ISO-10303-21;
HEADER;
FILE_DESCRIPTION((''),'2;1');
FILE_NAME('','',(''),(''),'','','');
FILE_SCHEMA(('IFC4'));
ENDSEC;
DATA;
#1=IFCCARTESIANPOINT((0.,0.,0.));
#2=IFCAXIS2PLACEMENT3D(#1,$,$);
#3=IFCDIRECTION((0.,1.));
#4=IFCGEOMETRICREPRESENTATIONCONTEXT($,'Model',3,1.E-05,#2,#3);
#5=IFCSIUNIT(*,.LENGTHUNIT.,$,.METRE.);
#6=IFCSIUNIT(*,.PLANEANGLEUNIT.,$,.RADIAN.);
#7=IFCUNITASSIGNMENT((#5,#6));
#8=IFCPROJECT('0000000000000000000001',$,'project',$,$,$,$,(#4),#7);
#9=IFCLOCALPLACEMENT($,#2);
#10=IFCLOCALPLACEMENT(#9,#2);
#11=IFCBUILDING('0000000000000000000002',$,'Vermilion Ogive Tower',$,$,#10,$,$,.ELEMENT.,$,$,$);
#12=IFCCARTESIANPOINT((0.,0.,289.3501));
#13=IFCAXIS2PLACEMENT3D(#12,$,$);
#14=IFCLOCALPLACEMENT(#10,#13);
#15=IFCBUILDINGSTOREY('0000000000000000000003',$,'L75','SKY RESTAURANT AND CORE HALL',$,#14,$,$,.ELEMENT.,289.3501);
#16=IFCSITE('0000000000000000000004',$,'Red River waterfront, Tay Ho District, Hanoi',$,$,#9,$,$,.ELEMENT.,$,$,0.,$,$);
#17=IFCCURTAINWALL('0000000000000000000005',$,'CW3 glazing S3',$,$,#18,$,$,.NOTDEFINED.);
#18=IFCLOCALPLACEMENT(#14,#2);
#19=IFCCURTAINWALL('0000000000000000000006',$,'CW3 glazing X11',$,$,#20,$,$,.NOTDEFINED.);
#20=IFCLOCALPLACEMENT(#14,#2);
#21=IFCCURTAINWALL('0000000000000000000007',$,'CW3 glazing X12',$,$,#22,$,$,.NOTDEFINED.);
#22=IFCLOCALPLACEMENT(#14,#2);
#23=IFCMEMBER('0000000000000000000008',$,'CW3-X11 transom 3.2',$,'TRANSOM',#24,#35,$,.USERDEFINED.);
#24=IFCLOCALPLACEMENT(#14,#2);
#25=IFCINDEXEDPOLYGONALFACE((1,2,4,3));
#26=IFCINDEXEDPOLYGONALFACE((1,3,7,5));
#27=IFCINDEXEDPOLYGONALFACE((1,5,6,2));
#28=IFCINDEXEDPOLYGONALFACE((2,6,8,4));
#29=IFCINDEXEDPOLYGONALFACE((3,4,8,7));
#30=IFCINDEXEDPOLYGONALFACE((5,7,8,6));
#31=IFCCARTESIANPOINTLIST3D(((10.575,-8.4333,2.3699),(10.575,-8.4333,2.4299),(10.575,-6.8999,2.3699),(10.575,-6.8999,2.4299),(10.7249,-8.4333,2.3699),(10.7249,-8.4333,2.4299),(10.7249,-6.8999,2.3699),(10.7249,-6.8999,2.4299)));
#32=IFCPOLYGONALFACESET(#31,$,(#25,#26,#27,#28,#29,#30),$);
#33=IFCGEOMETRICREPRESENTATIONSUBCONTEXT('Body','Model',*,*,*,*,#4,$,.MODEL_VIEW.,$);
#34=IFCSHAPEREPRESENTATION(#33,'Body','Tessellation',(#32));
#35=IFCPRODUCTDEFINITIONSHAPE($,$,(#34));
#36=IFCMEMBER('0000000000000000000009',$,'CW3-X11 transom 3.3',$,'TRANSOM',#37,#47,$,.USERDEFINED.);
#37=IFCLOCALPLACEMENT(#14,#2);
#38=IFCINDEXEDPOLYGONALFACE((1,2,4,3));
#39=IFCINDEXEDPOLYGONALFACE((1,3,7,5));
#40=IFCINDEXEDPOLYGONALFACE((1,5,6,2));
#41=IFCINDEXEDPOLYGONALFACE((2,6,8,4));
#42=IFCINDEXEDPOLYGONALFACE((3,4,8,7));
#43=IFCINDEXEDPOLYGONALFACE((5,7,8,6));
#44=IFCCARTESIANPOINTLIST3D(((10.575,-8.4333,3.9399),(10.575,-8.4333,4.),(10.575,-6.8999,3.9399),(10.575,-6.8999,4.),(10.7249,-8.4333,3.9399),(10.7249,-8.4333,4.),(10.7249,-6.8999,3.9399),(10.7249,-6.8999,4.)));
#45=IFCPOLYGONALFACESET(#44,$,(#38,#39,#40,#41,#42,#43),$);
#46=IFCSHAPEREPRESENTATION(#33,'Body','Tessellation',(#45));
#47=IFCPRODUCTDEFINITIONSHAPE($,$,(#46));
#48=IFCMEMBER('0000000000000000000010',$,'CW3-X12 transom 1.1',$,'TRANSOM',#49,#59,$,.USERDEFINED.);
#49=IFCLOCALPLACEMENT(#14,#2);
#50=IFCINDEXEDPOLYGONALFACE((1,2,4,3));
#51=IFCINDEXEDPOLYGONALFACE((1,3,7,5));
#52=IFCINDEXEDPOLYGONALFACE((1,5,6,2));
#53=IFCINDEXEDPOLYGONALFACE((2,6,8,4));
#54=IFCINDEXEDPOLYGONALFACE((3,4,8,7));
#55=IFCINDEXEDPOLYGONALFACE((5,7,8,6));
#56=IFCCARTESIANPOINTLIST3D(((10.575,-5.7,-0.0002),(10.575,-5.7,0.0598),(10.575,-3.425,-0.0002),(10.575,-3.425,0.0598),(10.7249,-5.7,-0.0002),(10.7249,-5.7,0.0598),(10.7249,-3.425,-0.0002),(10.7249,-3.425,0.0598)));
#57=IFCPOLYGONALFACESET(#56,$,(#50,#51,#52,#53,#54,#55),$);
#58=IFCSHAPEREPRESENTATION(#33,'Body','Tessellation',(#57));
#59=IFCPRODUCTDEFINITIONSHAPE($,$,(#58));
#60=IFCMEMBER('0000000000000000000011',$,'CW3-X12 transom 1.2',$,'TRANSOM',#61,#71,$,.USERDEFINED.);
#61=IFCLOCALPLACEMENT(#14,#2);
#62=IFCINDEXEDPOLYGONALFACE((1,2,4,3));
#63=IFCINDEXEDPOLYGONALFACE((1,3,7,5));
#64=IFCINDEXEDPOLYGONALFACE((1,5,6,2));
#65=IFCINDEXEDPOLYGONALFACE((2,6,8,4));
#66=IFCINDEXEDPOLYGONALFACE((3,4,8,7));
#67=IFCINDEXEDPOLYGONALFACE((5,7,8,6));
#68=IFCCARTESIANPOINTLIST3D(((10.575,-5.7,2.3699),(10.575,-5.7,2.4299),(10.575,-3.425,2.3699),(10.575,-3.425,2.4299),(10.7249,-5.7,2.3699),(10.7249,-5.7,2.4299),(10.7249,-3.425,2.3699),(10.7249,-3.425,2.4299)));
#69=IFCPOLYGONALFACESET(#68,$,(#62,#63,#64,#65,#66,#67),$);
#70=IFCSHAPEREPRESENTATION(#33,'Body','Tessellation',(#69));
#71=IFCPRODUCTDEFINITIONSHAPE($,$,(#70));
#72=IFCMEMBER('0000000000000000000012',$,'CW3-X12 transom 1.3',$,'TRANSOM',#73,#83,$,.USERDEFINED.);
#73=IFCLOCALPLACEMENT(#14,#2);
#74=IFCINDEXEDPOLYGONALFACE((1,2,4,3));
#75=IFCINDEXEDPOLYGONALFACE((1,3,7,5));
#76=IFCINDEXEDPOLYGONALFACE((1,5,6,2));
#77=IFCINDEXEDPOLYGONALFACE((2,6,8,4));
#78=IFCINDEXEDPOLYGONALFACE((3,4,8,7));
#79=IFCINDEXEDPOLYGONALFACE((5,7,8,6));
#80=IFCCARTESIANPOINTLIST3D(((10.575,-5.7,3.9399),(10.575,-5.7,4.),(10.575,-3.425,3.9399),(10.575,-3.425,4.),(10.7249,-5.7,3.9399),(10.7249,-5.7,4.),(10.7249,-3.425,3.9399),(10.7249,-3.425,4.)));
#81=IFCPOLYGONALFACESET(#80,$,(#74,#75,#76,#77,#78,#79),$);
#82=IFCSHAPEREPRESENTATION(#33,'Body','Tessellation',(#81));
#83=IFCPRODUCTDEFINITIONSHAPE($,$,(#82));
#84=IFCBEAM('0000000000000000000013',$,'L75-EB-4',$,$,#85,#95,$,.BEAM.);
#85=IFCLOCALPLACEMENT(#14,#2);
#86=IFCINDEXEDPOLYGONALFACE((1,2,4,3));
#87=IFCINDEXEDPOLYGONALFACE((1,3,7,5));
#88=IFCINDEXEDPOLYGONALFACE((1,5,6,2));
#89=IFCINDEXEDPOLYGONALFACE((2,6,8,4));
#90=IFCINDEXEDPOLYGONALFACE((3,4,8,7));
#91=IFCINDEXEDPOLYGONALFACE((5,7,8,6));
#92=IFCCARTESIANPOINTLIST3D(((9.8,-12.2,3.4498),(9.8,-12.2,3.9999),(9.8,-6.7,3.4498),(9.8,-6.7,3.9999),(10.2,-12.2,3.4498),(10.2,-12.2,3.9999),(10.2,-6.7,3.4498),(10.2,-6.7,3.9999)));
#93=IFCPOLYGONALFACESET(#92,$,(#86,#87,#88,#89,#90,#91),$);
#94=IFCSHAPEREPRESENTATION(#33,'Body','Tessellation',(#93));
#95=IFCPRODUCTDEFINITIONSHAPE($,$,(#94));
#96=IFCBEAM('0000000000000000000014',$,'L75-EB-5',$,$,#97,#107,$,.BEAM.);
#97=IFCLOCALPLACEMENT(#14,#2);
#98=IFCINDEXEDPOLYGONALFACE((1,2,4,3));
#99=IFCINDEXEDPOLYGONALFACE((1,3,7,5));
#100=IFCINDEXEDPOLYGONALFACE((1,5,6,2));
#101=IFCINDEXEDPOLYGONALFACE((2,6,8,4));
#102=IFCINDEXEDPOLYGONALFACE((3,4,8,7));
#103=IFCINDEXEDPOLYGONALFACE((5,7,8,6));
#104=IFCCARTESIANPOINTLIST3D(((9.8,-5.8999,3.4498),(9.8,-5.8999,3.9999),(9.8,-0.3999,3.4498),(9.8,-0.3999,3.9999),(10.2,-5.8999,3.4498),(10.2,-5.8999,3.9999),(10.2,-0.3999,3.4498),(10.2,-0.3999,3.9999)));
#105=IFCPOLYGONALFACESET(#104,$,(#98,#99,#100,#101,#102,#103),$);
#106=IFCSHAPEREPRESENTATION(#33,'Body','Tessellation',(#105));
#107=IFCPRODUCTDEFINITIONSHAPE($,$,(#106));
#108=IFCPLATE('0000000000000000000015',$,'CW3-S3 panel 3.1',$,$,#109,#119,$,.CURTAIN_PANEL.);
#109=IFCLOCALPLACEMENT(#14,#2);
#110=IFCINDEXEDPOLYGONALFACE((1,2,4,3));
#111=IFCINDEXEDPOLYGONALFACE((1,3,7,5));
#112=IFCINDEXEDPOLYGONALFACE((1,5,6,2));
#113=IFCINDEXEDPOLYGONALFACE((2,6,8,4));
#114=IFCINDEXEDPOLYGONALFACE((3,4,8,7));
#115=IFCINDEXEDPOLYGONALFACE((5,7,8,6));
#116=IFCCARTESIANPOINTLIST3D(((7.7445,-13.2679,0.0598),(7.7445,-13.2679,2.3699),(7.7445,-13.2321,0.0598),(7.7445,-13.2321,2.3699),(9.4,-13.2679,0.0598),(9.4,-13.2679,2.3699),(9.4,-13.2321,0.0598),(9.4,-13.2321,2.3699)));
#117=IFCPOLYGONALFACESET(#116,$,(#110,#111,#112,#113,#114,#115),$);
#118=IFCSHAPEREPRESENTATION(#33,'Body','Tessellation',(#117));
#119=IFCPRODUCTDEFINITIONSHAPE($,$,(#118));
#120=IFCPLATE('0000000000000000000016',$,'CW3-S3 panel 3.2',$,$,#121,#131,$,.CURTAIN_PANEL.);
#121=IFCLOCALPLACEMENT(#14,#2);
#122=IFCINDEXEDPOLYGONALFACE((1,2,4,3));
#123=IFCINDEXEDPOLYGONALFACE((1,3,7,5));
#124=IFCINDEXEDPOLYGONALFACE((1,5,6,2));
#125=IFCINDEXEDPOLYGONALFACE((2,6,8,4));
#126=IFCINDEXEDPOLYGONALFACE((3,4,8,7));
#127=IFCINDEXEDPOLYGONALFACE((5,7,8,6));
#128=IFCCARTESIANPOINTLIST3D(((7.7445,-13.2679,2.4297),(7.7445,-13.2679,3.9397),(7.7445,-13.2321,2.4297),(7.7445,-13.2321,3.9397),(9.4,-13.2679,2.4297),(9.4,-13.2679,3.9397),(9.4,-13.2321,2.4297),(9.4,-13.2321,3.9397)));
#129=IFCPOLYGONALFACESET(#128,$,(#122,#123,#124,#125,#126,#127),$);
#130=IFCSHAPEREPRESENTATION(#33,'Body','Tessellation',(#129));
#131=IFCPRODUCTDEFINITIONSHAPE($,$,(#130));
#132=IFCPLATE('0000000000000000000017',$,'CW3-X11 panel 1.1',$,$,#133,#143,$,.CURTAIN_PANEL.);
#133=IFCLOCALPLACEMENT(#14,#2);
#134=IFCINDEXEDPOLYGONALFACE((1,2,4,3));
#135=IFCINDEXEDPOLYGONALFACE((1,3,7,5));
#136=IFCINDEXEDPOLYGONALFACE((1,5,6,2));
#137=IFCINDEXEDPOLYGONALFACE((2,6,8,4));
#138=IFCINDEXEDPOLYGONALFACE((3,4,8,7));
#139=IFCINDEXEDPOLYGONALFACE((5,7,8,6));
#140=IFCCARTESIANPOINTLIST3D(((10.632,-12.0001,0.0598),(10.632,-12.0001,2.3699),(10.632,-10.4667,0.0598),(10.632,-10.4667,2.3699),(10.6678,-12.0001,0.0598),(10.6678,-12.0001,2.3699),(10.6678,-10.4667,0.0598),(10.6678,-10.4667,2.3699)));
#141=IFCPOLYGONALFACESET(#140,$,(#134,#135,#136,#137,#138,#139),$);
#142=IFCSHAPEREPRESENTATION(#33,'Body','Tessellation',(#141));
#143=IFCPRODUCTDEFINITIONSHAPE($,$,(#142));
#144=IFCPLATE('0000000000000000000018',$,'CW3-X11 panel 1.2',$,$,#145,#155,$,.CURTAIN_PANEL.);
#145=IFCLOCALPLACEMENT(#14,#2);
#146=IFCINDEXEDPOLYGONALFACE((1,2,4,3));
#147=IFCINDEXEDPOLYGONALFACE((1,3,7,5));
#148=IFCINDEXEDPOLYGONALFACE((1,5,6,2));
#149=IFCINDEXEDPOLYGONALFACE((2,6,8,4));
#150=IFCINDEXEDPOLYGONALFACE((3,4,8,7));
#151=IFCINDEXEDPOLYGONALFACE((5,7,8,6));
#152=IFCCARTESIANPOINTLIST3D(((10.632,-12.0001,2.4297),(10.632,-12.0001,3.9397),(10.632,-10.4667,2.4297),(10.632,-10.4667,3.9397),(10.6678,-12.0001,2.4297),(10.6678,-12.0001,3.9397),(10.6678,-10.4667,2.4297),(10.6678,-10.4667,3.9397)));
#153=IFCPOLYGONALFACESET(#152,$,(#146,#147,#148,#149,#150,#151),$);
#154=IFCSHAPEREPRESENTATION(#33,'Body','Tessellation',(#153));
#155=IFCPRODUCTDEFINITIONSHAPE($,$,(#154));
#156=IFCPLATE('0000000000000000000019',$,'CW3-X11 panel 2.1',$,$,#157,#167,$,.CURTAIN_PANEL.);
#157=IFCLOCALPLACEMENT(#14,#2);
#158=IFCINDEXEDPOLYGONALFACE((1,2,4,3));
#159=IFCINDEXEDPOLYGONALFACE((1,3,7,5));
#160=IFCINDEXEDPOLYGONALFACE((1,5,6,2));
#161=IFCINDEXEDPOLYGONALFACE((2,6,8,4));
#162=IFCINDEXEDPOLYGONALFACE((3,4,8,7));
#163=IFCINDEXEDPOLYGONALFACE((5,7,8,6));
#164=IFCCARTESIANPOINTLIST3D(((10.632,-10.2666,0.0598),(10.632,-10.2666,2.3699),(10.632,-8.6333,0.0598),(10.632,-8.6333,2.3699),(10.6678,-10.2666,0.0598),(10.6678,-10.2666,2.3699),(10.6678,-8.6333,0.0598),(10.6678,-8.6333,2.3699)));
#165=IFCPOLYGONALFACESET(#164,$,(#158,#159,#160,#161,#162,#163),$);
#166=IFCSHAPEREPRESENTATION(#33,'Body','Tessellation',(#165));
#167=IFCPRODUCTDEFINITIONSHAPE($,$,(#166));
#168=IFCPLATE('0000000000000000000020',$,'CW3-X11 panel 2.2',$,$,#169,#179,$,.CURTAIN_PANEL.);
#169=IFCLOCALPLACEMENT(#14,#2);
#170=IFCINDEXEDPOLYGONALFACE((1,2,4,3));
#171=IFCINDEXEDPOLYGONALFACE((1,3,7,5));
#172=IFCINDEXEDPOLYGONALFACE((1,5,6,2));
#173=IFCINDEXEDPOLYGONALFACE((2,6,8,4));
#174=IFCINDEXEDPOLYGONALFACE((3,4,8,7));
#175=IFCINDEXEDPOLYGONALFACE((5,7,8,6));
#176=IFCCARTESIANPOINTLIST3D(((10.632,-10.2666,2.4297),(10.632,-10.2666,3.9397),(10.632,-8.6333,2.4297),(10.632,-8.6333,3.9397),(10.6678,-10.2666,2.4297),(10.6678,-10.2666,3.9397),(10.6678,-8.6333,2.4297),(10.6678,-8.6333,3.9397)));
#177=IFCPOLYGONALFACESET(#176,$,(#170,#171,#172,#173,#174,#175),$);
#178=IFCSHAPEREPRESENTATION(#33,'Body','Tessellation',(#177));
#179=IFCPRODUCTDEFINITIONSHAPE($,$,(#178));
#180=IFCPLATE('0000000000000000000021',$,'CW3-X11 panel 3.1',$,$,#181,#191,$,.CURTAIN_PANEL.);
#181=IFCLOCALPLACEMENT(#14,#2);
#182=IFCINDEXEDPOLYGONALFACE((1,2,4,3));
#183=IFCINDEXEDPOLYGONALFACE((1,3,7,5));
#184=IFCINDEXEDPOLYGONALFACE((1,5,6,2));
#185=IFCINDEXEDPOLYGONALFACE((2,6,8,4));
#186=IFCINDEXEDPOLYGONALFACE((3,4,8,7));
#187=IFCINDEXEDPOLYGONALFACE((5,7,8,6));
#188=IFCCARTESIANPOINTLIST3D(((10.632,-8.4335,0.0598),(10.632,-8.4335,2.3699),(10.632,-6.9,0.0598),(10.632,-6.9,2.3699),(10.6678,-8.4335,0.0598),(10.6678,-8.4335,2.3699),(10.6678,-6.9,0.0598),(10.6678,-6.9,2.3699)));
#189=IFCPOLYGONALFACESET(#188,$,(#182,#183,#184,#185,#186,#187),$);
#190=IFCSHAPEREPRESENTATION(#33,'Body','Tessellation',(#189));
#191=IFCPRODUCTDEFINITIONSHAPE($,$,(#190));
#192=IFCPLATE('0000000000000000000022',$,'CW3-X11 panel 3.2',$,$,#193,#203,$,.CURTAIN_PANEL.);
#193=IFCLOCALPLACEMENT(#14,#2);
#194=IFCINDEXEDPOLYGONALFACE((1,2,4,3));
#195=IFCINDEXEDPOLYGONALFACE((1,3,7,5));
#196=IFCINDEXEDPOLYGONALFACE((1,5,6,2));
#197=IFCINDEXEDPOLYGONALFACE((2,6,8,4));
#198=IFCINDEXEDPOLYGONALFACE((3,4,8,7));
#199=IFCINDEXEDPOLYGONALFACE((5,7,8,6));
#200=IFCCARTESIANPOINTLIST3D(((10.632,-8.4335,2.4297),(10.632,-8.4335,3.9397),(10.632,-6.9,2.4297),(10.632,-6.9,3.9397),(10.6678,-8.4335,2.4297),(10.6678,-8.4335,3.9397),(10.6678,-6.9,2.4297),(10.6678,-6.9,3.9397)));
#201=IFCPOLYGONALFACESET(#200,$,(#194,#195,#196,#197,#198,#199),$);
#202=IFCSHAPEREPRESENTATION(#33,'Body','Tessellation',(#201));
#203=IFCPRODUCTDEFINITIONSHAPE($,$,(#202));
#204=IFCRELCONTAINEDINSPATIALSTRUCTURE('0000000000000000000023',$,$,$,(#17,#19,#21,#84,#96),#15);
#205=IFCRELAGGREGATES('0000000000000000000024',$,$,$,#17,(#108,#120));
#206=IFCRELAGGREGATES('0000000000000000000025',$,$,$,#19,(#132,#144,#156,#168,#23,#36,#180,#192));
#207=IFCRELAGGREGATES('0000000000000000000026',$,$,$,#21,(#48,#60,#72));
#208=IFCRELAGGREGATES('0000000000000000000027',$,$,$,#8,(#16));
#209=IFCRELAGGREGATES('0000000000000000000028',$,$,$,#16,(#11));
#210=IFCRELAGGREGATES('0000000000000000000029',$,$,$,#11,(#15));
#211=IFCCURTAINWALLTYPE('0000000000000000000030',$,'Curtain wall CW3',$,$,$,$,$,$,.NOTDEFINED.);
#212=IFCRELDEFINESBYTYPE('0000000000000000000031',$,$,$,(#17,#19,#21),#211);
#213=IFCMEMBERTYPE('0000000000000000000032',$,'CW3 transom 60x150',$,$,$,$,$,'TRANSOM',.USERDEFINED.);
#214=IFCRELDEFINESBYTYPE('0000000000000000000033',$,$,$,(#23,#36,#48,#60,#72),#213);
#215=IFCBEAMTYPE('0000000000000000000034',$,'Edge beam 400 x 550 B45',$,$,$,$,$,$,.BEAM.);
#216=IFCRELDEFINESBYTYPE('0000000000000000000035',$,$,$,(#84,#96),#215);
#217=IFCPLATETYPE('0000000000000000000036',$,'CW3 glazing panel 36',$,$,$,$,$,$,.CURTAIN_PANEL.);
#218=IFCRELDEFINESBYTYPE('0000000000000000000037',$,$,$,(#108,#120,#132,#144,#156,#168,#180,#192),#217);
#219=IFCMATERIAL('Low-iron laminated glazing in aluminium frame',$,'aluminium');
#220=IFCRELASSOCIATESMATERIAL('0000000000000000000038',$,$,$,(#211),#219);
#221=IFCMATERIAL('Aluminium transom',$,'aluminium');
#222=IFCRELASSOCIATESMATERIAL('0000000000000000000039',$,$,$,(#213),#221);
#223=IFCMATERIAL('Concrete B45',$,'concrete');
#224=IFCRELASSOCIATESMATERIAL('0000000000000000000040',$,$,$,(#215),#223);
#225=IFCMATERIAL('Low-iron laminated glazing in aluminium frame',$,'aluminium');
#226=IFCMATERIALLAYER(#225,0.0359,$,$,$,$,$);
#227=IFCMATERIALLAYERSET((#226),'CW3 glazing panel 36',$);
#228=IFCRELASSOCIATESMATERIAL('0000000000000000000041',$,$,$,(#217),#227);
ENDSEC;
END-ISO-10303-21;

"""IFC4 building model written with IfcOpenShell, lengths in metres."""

from ifc_helpers import new_model, si_unit, direction, frame, origin, origin_2d, place, context, subcontext, project, spatial, rectangle, extrude, material, layer, layer_set, material_profile, profile_set, type_object, element, aggregate, save


model = new_model("IFC4")

# Units and contexts
model_context = context("Model", 3, precision=1e-05, world=origin(), true_north=direction((0.0, 1.0)))
body_context = subcontext(model_context, "Body", "Model", "MODEL_VIEW")
ifc_project = project(units=[si_unit("LENGTHUNIT", "METRE"), si_unit("PLANEANGLEUNIT", "RADIAN")], contexts=[model_context])

# Site, building, storey
site_placement = place(None, origin())
site = spatial("IfcSite", under=ifc_project, at=site_placement, Name="Red River waterfront, Tay Ho District, Hanoi", CompositionType="ELEMENT", RefElevation=0.0)
building_placement = place(site_placement, origin())
building = spatial("IfcBuilding", under=site, at=building_placement, Name="Vermilion Ogive Tower", CompositionType="ELEMENT")
storey_placement = place(building_placement, frame((0.0, 0.0, 289.3501)))
storey = spatial("IfcBuildingStorey", under=building, at=storey_placement, Name="L75", Description="SKY RESTAURANT AND CORE HALL", CompositionType="ELEMENT", Elevation=289.3501)

# Curtain wall
ifc_material_1 = material(Name="Low-iron laminated glazing in aluminium frame", Category="aluminium")
curtain_wall_type = type_object("IfcCurtainWallType", Name="Curtain wall CW3", PredefinedType="NOTDEFINED", material=ifc_material_1)
curtain_wall_1_placement = place(storey_placement, origin())
curtain_wall_1 = element("IfcCurtainWall", 1, at=curtain_wall_1_placement, inside=storey, type_object=curtain_wall_type, Name="CW3 glazing S3", PredefinedType="NOTDEFINED")

# Curtain wall
curtain_wall_2_placement = place(storey_placement, origin())
curtain_wall_2 = element("IfcCurtainWall", 2, at=curtain_wall_2_placement, inside=storey, type_object=curtain_wall_type, Name="CW3 glazing X11", PredefinedType="NOTDEFINED")

# Curtain wall
curtain_wall_3_placement = place(storey_placement, origin())
curtain_wall_3 = element("IfcCurtainWall", 3, at=curtain_wall_3_placement, inside=storey, type_object=curtain_wall_type, Name="CW3 glazing X12", PredefinedType="NOTDEFINED")

# Members
ifc_material_2 = material(Name="Aluminium transom", Category="aluminium")
ifc_material_profile_1 = material_profile(ifc_material_2, rectangle(XDim=0.1499, YDim=0.0601, at=origin_2d()), Name="AL 60x150")
ifc_profile_set_1 = profile_set([ifc_material_profile_1], Name="Aluminium transom")
member_type_1 = type_object("IfcMemberType", Name="CW3 transom 60x150", ElementType="TRANSOM", PredefinedType="USERDEFINED", material=ifc_profile_set_1)
member_1_placement = place(storey_placement, frame((10.6499, -8.4333, 2.3999), z_axis=(0.0, 1.0, 0.0), x_axis=(-1.0, 0.0, 0.0)))
member_1 = element("IfcMember", 4, at=member_1_placement, type_object=member_type_1, Name="CW3-X11 transom 3.2", ObjectType="TRANSOM", PredefinedType="USERDEFINED", context=body_context, shape_type="SweptSolid", body=[
    extrude(rectangle(XDim=0.1499, YDim=0.0601, at=origin_2d()), origin(), (0.0, 0.0, 1.0), 1.5334),
])
member_2_placement = place(storey_placement, frame((10.6499, -8.4333, 3.97), z_axis=(0.0, 1.0, 0.0), x_axis=(-1.0, 0.0, 0.0)))
member_2 = element("IfcMember", 5, at=member_2_placement, type_object=member_type_1, Name="CW3-X11 transom 3.3", ObjectType="TRANSOM", PredefinedType="USERDEFINED", context=body_context, shape_type="SweptSolid", body=[
    extrude(rectangle(XDim=0.1499, YDim=0.0601, at=origin_2d()), origin(), (0.0, 0.0, 1.0), 1.5334),
])
member_3_placement = place(storey_placement, frame((10.6499, -5.7, 0.0298), z_axis=(0.0, 1.0, 0.0), x_axis=(-1.0, 0.0, 0.0)))
member_3 = element("IfcMember", 6, at=member_3_placement, type_object=member_type_1, Name="CW3-X12 transom 1.1", ObjectType="TRANSOM", PredefinedType="USERDEFINED", context=body_context, shape_type="SweptSolid", body=[
    extrude(rectangle(XDim=0.1499, YDim=0.0601, at=origin_2d()), origin(), (0.0, 0.0, 1.0), 2.2749),
])
member_4_placement = place(storey_placement, frame((10.6499, -5.7, 2.3999), z_axis=(0.0, 1.0, 0.0), x_axis=(-1.0, 0.0, 0.0)))
member_4 = element("IfcMember", 7, at=member_4_placement, type_object=member_type_1, Name="CW3-X12 transom 1.2", ObjectType="TRANSOM", PredefinedType="USERDEFINED", context=body_context, shape_type="SweptSolid", body=[
    extrude(rectangle(XDim=0.1499, YDim=0.0601, at=origin_2d()), origin(), (0.0, 0.0, 1.0), 2.2749),
])
member_5_placement = place(storey_placement, frame((10.6499, -5.7, 3.97), z_axis=(0.0, 1.0, 0.0), x_axis=(-1.0, 0.0, 0.0)))
member_5 = element("IfcMember", 8, at=member_5_placement, type_object=member_type_1, Name="CW3-X12 transom 1.3", ObjectType="TRANSOM", PredefinedType="USERDEFINED", context=body_context, shape_type="SweptSolid", body=[
    extrude(rectangle(XDim=0.1499, YDim=0.0601, at=origin_2d()), origin(), (0.0, 0.0, 1.0), 2.2749),
])

# Beams
ifc_material_3 = material(Name="Concrete B45", Category="concrete")
ifc_material_profile_2 = material_profile(ifc_material_3, rectangle(XDim=0.3999, YDim=0.55, at=origin_2d()), Name="400 x 550")
ifc_profile_set_2 = profile_set([ifc_material_profile_2], Name="Concrete B45")
beam_type = type_object("IfcBeamType", Name="Edge beam 400 x 550 B45", PredefinedType="BEAM", material=ifc_profile_set_2)
for number, where, z_axis, x_axis, name in (
    (9, (10.0, -12.2, 3.7249), (0.0, 1.0, 0.0), (-1.0, 0.0, 0.0), "L75-EB-4"),
    (10, (10.0, -5.8999, 3.7249), (0.0, 1.0, 0.0), (-1.0, 0.0, 0.0), "L75-EB-5"),
):
    element("IfcBeam", number, at=place(storey_placement, frame(where, z_axis=z_axis, x_axis=x_axis)), inside=storey, type_object=beam_type, Name=name, PredefinedType="BEAM", context=body_context, shape_type="SweptSolid", body=[
        extrude(rectangle(XDim=0.3999, YDim=0.55, at=origin_2d()), origin(), (0.0, 0.0, 1.0), 5.5),
    ])

# Plates
ifc_material_4 = material(Name="Low-iron laminated glazing in aluminium frame", Category="aluminium")
ifc_layer_1 = layer(ifc_material_4, 0.0359)
ifc_layer_set_1 = layer_set([ifc_layer_1], Name="CW3 glazing panel 36")
plate_type = type_object("IfcPlateType", Name="CW3 glazing panel 36", PredefinedType="CURTAIN_PANEL", material=ifc_layer_set_1)
plate_1_placement = place(storey_placement, frame((8.5723, -13.25, 0.0598), z_axis=(0.0, 0.0, 1.0), x_axis=(1.0, 0.0, 0.0)))
plate_1 = element("IfcPlate", 11, at=plate_1_placement, type_object=plate_type, Name="CW3-S3 panel 3.1", PredefinedType="CURTAIN_PANEL", context=body_context, shape_type="SweptSolid", body=[
    extrude(rectangle(XDim=1.6555, YDim=0.0359, at=origin_2d()), origin(), (0.0, 0.0, 1.0), 2.3101),
])
plate_2_placement = place(storey_placement, frame((8.5723, -13.25, 2.4297), z_axis=(0.0, 0.0, 1.0), x_axis=(1.0, 0.0, 0.0)))
plate_2 = element("IfcPlate", 12, at=plate_2_placement, type_object=plate_type, Name="CW3-S3 panel 3.2", PredefinedType="CURTAIN_PANEL", context=body_context, shape_type="SweptSolid", body=[
    extrude(rectangle(XDim=1.6555, YDim=0.0359, at=origin_2d()), origin(), (0.0, 0.0, 1.0), 1.51),
])
aggregate(curtain_wall_1, [plate_1, plate_2])
plate_3_placement = place(storey_placement, frame((10.6499, -11.2334, 0.0598), z_axis=(0.0, 0.0, 1.0), x_axis=(0.0, 1.0, 0.0)))
plate_3 = element("IfcPlate", 13, at=plate_3_placement, type_object=plate_type, Name="CW3-X11 panel 1.1", PredefinedType="CURTAIN_PANEL", context=body_context, shape_type="SweptSolid", body=[
    extrude(rectangle(XDim=1.5334, YDim=0.0359, at=origin_2d()), origin(), (0.0, 0.0, 1.0), 2.3101),
])
plate_4_placement = place(storey_placement, frame((10.6499, -11.2334, 2.4297), z_axis=(0.0, 0.0, 1.0), x_axis=(0.0, 1.0, 0.0)))
plate_4 = element("IfcPlate", 14, at=plate_4_placement, type_object=plate_type, Name="CW3-X11 panel 1.2", PredefinedType="CURTAIN_PANEL", context=body_context, shape_type="SweptSolid", body=[
    extrude(rectangle(XDim=1.5334, YDim=0.0359, at=origin_2d()), origin(), (0.0, 0.0, 1.0), 1.51),
])
plate_5_placement = place(storey_placement, frame((10.6499, -9.45, 0.0598), z_axis=(0.0, 0.0, 1.0), x_axis=(0.0, 1.0, 0.0)))
plate_5 = element("IfcPlate", 15, at=plate_5_placement, type_object=plate_type, Name="CW3-X11 panel 2.1", PredefinedType="CURTAIN_PANEL", context=body_context, shape_type="SweptSolid", body=[
    extrude(rectangle(XDim=1.6333, YDim=0.0359, at=origin_2d()), origin(), (0.0, 0.0, 1.0), 2.3101),
])
plate_6_placement = place(storey_placement, frame((10.6499, -9.45, 2.4297), z_axis=(0.0, 0.0, 1.0), x_axis=(0.0, 1.0, 0.0)))
plate_6 = element("IfcPlate", 16, at=plate_6_placement, type_object=plate_type, Name="CW3-X11 panel 2.2", PredefinedType="CURTAIN_PANEL", context=body_context, shape_type="SweptSolid", body=[
    extrude(rectangle(XDim=1.6333, YDim=0.0359, at=origin_2d()), origin(), (0.0, 0.0, 1.0), 1.51),
])
plate_7_placement = place(storey_placement, frame((10.6499, -7.6667, 0.0598), z_axis=(0.0, 0.0, 1.0), x_axis=(0.0, 1.0, 0.0)))
plate_7 = element("IfcPlate", 17, at=plate_7_placement, type_object=plate_type, Name="CW3-X11 panel 3.1", PredefinedType="CURTAIN_PANEL", context=body_context, shape_type="SweptSolid", body=[
    extrude(rectangle(XDim=1.5334, YDim=0.0359, at=origin_2d()), origin(), (0.0, 0.0, 1.0), 2.3101),
])
plate_8_placement = place(storey_placement, frame((10.6499, -7.6667, 2.4297), z_axis=(0.0, 0.0, 1.0), x_axis=(0.0, 1.0, 0.0)))
plate_8 = element("IfcPlate", 18, at=plate_8_placement, type_object=plate_type, Name="CW3-X11 panel 3.2", PredefinedType="CURTAIN_PANEL", context=body_context, shape_type="SweptSolid", body=[
    extrude(rectangle(XDim=1.5334, YDim=0.0359, at=origin_2d()), origin(), (0.0, 0.0, 1.0), 1.51),
])
aggregate(curtain_wall_2, [plate_3, plate_4, plate_5, plate_6, member_1, member_2, plate_7, plate_8])
aggregate(curtain_wall_3, [member_3, member_4, member_5])

save(model, "model.ifc")
